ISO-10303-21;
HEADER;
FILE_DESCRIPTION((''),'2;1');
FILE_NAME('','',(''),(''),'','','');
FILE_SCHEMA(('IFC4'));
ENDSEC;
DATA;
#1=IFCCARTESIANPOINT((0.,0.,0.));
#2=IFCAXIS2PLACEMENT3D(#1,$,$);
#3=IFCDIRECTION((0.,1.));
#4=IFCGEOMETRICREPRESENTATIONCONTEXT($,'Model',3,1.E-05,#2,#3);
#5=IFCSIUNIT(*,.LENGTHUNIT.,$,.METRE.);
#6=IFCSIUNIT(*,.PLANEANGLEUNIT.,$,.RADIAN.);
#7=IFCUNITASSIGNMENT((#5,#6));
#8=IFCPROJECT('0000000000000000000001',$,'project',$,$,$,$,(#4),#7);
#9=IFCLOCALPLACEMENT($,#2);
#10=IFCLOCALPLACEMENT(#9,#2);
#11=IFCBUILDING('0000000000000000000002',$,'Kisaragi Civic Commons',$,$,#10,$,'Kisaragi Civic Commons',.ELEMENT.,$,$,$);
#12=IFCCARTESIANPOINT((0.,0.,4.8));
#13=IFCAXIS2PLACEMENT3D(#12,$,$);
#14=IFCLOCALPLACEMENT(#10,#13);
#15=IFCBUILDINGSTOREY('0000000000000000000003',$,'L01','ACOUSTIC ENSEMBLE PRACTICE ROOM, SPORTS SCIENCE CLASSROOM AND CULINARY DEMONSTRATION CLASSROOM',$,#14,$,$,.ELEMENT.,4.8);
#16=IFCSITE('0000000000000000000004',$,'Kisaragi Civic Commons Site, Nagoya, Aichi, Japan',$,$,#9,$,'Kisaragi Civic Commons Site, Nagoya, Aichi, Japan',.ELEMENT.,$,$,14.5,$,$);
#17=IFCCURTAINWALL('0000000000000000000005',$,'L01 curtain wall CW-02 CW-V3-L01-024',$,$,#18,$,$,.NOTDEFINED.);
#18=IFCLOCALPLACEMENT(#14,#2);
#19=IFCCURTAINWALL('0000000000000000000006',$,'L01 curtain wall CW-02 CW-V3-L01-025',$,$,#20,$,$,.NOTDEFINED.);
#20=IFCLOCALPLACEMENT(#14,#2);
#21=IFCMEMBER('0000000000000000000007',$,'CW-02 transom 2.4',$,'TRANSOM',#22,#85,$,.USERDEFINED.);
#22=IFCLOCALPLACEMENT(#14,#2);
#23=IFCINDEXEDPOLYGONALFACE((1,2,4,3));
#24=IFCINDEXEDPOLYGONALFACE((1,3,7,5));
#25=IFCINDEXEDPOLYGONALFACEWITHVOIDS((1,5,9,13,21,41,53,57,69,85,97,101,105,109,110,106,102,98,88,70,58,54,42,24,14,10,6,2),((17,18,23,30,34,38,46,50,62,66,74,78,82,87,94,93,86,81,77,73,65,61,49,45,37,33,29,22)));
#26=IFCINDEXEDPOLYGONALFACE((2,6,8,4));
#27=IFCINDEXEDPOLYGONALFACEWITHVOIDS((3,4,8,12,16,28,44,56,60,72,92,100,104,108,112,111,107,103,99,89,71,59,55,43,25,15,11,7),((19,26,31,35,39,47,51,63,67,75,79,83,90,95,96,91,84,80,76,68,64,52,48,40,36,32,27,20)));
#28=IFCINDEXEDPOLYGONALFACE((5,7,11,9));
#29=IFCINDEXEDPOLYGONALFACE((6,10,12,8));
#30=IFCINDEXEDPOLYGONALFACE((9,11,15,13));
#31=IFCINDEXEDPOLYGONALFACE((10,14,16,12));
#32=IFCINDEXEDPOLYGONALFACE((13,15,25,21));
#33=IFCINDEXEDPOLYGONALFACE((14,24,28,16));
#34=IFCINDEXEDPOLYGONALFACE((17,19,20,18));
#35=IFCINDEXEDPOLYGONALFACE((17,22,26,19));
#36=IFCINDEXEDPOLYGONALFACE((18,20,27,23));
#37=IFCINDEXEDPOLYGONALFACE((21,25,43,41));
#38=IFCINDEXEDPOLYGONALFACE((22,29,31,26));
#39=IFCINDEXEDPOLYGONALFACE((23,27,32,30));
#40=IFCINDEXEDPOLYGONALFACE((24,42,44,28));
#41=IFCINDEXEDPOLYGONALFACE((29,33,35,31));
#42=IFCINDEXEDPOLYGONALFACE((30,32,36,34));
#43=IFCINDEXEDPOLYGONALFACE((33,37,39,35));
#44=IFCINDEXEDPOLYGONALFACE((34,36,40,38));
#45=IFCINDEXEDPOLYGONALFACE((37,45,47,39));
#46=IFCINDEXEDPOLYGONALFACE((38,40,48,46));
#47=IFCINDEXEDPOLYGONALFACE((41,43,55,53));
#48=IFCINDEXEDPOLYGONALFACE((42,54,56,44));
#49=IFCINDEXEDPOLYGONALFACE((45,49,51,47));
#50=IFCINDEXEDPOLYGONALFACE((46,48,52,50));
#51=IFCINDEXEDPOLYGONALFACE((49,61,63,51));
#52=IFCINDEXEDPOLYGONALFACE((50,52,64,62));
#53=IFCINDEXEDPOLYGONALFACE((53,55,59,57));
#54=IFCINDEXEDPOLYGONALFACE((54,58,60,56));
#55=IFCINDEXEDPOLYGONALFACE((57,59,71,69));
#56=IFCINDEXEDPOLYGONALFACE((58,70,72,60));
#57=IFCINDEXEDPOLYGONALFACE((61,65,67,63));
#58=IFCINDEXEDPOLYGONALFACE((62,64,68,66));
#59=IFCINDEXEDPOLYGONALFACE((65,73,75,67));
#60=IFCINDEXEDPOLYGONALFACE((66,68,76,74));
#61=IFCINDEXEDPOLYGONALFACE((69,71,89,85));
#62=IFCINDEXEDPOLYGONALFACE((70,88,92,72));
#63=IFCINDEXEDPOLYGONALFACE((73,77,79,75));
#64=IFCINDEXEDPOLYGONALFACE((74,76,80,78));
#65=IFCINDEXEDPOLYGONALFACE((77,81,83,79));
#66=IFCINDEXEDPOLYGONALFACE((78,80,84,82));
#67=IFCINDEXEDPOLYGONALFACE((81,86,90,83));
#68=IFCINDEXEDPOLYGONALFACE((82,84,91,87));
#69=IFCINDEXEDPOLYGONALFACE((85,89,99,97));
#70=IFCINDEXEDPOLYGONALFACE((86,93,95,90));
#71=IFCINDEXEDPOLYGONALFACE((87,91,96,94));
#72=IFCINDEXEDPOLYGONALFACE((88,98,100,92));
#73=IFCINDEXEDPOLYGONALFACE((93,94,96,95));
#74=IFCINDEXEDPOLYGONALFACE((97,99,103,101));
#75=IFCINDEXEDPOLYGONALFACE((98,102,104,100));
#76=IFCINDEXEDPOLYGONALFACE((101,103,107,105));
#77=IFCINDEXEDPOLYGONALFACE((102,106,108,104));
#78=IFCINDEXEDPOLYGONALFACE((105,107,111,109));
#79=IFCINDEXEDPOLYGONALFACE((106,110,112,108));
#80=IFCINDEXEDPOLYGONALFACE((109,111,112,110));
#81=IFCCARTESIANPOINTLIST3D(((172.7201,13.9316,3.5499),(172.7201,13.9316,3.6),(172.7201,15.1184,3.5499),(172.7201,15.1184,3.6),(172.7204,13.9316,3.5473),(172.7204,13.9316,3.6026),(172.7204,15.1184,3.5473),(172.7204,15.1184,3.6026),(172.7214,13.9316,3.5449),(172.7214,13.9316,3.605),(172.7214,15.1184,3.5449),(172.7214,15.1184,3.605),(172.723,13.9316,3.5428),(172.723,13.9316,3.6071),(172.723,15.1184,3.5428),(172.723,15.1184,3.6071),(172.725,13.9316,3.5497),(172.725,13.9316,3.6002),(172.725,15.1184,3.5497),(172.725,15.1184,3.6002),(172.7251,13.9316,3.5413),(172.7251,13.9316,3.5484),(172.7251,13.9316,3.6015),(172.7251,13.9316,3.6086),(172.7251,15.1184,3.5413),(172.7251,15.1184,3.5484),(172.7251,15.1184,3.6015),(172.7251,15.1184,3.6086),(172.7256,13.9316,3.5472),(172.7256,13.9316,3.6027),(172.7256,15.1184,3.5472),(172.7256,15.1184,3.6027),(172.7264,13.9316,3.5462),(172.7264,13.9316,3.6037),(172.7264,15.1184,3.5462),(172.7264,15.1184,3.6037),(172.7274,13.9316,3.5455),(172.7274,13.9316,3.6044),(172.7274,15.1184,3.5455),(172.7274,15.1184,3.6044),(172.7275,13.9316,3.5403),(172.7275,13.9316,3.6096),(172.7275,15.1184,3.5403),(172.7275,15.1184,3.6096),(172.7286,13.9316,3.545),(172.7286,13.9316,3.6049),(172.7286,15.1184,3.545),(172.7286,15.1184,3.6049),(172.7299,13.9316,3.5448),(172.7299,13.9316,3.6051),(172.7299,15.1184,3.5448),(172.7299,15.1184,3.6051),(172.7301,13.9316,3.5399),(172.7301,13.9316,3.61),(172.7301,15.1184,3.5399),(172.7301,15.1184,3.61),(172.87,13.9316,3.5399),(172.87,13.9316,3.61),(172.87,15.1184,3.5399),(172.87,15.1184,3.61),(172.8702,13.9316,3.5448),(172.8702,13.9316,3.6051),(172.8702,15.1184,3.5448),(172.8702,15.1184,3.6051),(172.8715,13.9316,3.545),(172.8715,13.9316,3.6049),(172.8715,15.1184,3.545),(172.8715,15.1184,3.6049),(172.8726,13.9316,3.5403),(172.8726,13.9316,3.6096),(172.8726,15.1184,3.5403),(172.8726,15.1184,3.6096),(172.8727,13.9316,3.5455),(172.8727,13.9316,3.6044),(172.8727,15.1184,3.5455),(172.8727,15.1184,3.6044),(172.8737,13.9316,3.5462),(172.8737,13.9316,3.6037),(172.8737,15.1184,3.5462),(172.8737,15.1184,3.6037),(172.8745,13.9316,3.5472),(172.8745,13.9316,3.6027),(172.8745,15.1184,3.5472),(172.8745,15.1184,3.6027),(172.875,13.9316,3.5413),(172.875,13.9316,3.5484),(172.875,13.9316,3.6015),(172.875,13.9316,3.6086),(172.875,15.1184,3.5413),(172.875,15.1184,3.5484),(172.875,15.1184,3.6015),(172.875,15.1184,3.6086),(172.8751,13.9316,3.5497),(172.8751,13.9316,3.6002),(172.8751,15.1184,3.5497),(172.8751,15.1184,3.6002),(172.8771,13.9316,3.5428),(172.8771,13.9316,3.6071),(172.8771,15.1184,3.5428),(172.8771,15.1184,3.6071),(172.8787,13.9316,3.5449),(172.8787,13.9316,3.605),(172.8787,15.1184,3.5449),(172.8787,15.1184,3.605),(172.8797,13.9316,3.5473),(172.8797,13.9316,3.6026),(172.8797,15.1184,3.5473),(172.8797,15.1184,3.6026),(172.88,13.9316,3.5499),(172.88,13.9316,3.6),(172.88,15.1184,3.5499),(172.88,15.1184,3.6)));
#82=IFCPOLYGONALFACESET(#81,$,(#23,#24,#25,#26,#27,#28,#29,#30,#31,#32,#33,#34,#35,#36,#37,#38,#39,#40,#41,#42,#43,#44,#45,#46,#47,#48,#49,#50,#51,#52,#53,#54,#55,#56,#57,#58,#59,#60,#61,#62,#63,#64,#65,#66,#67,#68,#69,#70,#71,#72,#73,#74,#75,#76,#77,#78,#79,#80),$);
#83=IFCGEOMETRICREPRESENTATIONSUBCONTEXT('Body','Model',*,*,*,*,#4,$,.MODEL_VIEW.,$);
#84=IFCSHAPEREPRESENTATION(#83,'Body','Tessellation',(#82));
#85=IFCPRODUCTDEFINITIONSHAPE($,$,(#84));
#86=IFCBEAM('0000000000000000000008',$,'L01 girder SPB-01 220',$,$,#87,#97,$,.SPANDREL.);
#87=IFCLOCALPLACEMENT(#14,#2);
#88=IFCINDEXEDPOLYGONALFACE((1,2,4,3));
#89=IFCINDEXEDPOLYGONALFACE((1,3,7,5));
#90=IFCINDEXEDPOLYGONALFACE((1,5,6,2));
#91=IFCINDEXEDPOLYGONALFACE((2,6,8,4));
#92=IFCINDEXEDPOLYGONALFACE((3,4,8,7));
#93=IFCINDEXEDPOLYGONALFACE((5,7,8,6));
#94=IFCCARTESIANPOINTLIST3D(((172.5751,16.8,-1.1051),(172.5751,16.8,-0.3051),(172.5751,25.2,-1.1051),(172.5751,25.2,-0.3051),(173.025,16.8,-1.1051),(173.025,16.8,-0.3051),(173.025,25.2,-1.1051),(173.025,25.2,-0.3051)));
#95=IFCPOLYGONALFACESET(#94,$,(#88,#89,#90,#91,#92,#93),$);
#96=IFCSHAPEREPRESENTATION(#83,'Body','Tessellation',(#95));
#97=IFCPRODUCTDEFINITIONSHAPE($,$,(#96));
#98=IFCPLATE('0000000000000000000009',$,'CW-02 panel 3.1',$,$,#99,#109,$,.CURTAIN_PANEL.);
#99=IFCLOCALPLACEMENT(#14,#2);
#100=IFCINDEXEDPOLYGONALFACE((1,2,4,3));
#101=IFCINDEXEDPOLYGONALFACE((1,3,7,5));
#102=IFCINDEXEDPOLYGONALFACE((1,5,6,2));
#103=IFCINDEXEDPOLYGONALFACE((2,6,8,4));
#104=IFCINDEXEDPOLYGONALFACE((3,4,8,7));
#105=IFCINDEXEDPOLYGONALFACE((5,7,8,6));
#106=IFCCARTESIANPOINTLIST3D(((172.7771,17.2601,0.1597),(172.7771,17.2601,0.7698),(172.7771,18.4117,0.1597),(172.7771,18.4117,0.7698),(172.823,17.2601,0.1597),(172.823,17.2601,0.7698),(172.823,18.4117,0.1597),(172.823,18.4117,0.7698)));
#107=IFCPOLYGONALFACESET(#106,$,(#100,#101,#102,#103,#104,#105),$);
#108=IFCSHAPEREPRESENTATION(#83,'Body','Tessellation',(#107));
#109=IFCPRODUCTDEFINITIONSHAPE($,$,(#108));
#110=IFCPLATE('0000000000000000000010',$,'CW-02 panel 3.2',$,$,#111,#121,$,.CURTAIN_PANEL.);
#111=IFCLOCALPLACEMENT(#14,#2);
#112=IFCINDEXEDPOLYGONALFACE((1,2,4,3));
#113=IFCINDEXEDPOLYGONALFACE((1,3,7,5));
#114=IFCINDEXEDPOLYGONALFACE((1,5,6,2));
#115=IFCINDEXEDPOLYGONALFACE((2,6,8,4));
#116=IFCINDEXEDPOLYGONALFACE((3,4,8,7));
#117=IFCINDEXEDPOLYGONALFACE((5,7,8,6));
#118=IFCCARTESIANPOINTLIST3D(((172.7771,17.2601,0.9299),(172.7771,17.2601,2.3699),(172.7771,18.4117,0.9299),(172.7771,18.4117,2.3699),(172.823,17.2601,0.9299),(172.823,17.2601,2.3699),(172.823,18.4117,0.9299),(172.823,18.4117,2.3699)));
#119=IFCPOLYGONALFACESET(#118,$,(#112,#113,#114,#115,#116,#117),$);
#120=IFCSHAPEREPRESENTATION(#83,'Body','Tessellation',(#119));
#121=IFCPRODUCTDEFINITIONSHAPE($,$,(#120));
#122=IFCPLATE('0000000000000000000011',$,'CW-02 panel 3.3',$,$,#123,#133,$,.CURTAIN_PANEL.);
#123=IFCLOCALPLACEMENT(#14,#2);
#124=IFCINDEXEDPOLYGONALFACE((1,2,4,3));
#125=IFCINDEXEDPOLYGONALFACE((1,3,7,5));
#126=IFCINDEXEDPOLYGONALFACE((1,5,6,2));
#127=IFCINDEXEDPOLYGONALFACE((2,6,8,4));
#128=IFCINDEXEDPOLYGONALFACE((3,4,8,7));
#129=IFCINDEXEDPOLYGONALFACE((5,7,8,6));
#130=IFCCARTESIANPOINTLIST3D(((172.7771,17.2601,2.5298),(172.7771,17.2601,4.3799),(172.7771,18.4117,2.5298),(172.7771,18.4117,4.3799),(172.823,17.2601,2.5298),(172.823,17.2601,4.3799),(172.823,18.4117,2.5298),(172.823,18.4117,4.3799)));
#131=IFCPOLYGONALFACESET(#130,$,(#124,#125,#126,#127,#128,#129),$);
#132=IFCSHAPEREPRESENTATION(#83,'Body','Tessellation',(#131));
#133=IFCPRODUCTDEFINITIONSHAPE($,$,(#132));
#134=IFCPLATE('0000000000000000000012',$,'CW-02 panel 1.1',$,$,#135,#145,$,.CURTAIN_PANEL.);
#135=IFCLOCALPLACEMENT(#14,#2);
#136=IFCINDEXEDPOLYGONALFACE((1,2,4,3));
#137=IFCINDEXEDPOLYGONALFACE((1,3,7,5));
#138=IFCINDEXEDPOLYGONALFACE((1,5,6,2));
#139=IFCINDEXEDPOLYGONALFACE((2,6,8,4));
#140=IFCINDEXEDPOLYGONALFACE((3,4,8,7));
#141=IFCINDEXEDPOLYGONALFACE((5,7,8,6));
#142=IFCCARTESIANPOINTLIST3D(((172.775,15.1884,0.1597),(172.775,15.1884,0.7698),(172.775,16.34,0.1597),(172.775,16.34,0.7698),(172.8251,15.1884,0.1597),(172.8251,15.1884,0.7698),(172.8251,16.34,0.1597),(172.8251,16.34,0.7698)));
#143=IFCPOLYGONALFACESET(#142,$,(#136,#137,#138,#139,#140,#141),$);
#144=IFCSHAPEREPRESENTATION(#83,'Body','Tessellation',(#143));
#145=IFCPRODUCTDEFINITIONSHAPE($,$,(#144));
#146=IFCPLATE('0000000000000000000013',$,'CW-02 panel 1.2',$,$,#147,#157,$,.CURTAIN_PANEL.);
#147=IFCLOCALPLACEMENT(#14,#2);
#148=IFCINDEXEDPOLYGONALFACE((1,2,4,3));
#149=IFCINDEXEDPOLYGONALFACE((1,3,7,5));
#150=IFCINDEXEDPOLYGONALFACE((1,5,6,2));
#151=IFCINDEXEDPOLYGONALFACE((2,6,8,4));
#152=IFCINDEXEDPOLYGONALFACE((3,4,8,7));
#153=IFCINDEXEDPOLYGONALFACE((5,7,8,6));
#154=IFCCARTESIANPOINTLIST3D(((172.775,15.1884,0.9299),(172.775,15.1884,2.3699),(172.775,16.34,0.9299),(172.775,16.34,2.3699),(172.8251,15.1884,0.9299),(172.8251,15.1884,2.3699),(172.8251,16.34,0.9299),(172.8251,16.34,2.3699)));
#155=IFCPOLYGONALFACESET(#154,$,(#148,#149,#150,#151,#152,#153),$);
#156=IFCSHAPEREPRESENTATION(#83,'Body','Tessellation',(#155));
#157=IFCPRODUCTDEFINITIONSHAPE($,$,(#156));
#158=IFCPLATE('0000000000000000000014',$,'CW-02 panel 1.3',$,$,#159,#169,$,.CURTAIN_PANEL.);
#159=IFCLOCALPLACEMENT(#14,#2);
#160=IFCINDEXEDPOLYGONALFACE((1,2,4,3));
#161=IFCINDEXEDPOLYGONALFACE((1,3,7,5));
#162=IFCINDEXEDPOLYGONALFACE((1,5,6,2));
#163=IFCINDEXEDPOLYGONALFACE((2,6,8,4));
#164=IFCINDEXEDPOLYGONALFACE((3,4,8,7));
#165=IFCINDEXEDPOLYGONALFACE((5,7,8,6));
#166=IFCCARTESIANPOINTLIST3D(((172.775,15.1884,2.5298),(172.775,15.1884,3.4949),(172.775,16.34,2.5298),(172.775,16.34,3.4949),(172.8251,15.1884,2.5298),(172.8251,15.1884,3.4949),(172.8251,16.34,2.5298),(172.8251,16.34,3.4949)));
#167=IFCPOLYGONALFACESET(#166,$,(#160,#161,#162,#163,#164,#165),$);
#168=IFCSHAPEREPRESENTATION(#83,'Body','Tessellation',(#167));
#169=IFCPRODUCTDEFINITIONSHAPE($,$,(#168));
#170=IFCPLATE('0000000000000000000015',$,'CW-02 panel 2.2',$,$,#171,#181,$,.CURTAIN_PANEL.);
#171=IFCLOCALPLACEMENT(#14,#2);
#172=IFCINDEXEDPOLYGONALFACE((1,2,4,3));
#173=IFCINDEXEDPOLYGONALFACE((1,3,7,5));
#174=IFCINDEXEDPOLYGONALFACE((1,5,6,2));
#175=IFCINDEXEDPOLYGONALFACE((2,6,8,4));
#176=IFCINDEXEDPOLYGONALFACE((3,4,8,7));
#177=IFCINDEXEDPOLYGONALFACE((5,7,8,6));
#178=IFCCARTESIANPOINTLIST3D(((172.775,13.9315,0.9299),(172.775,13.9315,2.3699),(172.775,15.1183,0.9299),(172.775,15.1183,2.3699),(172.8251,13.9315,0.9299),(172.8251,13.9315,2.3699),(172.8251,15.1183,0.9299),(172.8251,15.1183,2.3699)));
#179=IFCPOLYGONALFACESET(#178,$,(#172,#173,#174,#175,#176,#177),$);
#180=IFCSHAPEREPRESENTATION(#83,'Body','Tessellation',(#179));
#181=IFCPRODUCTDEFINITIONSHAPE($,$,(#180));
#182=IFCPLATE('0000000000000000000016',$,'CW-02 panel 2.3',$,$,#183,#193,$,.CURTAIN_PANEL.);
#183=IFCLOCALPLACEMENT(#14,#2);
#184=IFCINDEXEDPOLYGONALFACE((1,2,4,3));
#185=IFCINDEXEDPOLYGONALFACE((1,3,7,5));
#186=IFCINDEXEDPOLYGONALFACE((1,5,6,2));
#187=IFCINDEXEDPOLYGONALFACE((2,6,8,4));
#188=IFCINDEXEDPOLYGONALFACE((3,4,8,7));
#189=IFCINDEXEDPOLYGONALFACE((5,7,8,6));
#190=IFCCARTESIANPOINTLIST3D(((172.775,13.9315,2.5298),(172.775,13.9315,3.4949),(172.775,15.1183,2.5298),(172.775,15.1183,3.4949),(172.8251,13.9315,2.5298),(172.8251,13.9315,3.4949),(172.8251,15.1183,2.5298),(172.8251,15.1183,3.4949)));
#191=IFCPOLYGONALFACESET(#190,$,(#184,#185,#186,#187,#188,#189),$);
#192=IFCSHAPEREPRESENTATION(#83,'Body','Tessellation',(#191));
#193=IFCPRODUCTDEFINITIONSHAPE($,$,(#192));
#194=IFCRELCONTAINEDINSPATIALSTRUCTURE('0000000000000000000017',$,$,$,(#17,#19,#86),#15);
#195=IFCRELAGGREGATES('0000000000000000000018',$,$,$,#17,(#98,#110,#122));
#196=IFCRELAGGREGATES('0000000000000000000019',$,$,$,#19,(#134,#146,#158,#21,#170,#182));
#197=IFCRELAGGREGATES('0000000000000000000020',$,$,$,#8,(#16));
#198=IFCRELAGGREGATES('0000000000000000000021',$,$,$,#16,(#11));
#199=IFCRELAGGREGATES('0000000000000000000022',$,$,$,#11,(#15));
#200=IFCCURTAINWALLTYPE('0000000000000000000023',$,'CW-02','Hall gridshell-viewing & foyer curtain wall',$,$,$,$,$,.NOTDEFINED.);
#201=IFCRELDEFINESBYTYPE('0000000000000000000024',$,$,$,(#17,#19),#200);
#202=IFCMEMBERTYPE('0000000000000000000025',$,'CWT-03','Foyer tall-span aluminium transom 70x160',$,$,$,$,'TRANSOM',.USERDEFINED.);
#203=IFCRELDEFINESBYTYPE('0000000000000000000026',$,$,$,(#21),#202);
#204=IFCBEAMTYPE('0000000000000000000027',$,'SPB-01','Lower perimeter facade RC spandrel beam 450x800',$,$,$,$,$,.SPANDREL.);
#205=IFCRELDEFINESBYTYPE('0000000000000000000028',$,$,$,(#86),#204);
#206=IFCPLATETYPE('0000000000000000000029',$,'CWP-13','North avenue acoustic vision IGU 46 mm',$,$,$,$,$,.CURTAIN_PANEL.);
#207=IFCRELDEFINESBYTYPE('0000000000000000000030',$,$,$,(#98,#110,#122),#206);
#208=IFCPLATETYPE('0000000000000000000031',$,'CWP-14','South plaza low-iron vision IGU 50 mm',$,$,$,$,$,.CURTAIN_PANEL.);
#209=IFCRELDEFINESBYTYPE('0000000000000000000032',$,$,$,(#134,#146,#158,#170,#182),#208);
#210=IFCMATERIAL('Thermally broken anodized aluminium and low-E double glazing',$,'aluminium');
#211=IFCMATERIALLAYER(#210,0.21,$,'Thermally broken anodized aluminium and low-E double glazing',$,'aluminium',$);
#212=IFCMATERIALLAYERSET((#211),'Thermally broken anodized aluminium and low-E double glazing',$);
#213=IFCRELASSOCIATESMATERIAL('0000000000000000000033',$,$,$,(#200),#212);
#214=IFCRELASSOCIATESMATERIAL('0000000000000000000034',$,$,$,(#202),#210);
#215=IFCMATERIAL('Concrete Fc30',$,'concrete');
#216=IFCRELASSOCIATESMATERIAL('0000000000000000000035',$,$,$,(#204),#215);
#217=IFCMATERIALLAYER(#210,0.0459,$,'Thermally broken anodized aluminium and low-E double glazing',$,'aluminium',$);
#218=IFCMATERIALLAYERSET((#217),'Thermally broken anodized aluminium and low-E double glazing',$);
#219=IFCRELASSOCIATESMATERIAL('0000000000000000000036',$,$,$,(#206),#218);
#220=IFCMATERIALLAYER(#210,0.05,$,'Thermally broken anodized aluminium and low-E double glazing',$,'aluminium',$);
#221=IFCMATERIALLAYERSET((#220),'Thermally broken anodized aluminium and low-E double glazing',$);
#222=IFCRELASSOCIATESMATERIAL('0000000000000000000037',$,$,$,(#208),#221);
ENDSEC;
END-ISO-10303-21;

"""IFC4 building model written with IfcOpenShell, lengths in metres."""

from ifc_helpers import new_model, si_unit, direction, frame, origin, origin_2d, place, context, subcontext, project, spatial, rectangle, hollow_rectangle, extrude, material, layer, layer_set, material_profile, profile_set, type_object, element, aggregate, save


model = new_model("IFC4")

# Units and contexts
model_context = context("Model", 3, precision=1e-05, world=origin(), true_north=direction((0.0, 1.0)))
body_context = subcontext(model_context, "Body", "Model", "MODEL_VIEW")
ifc_project = project(units=[si_unit("LENGTHUNIT", "METRE"), si_unit("PLANEANGLEUNIT", "RADIAN")], contexts=[model_context])

# Site, building, storey
site_placement = place(None, origin())
site = spatial("IfcSite", under=ifc_project, at=site_placement, Name="Kisaragi Civic Commons Site, Nagoya, Aichi, Japan", LongName="Kisaragi Civic Commons Site, Nagoya, Aichi, Japan", CompositionType="ELEMENT", RefElevation=14.5)
building_placement = place(site_placement, origin())
building = spatial("IfcBuilding", under=site, at=building_placement, Name="Kisaragi Civic Commons", LongName="Kisaragi Civic Commons", CompositionType="ELEMENT")
storey_placement = place(building_placement, frame((0.0, 0.0, 4.8)))
storey = spatial("IfcBuildingStorey", under=building, at=storey_placement, Name="L01", Description="ACOUSTIC ENSEMBLE PRACTICE ROOM, SPORTS SCIENCE CLASSROOM AND CULINARY DEMONSTRATION CLASSROOM", CompositionType="ELEMENT", Elevation=4.8)

# Curtain wall
ifc_material_1 = material(Name="Thermally broken anodized aluminium and low-E double glazing", Category="aluminium")
ifc_layer_1 = layer(ifc_material_1, 0.21, Name="Thermally broken anodized aluminium and low-E double glazing", Category="aluminium")
ifc_layer_set_1 = layer_set([ifc_layer_1], Name="Thermally broken anodized aluminium and low-E double glazing")
curtain_wall_type = type_object("IfcCurtainWallType", Name="CW-02", Description="Hall gridshell-viewing & foyer curtain wall", PredefinedType="NOTDEFINED", material=ifc_layer_set_1)
curtain_wall_1_placement = place(storey_placement, origin())
curtain_wall_1 = element("IfcCurtainWall", 1, at=curtain_wall_1_placement, inside=storey, type_object=curtain_wall_type, Name="L01 curtain wall CW-02 CW-V3-L01-024", PredefinedType="NOTDEFINED")

# Curtain wall
curtain_wall_2_placement = place(storey_placement, origin())
curtain_wall_2 = element("IfcCurtainWall", 2, at=curtain_wall_2_placement, inside=storey, type_object=curtain_wall_type, Name="L01 curtain wall CW-02 CW-V3-L01-025", PredefinedType="NOTDEFINED")

# Member
ifc_material_profile_1 = material_profile(ifc_material_1, hollow_rectangle(XDim=0.1599, YDim=0.0701, WallThickness=0.0049, InnerFilletRadius=0.0049, OuterFilletRadius=0.01, at=origin_2d()), Name="CWT-70x160x5", Category="aluminium")
ifc_profile_set_1 = profile_set([ifc_material_profile_1], Name="Thermally broken anodized aluminium and low-E double glazing")
member_type_1 = type_object("IfcMemberType", Name="CWT-03", Description="Foyer tall-span aluminium transom 70x160", ElementType="TRANSOM", PredefinedType="USERDEFINED", material=ifc_profile_set_1)
member_1_placement = place(storey_placement, frame((172.8, 15.1184, 3.575), z_axis=(0.0, -1.0, 0.0), x_axis=(1.0, 0.0, 0.0)))
member_1 = element("IfcMember", 3, at=member_1_placement, type_object=member_type_1, Name="CW-02 transom 2.4", ObjectType="TRANSOM", PredefinedType="USERDEFINED", context=body_context, shape_type="SweptSolid", body=[
    extrude(hollow_rectangle(XDim=0.1599, YDim=0.0701, WallThickness=0.0049, InnerFilletRadius=0.0049, OuterFilletRadius=0.01, at=origin_2d()), origin(), (0.0, 0.0, 1.0), 1.1868),
])

# Beam
ifc_material_2 = material(Name="Concrete Fc30", Category="concrete")
ifc_material_profile_2 = material_profile(ifc_material_2, rectangle(XDim=0.45, YDim=0.8, at=origin_2d()), Name="RC-450x800", Category="concrete")
ifc_profile_set_2 = profile_set([ifc_material_profile_2], Name="Concrete Fc30")
beam_type = type_object("IfcBeamType", Name="SPB-01", Description="Lower perimeter facade RC spandrel beam 450x800", PredefinedType="SPANDREL", material=ifc_profile_set_2)
beam_placement = place(storey_placement, frame((172.8, 16.8, -0.7051), z_axis=(0.0, 1.0, 0.0), x_axis=(-1.0, 0.0, 0.0)))
element("IfcBeam", 4, at=beam_placement, inside=storey, type_object=beam_type, Name="L01 girder SPB-01 220", PredefinedType="SPANDREL", context=body_context, shape_type="SweptSolid", body=[
    extrude(rectangle(XDim=0.45, YDim=0.8, at=origin_2d()), origin(), (0.0, 0.0, 1.0), 8.3999),
])

# Plates
ifc_layer_2 = layer(ifc_material_1, 0.0459, Name="Thermally broken anodized aluminium and low-E double glazing", Category="aluminium")
ifc_layer_set_2 = layer_set([ifc_layer_2], Name="Thermally broken anodized aluminium and low-E double glazing")
plate_type_1 = type_object("IfcPlateType", Name="CWP-13", Description="North avenue acoustic vision IGU 46 mm", PredefinedType="CURTAIN_PANEL", material=ifc_layer_set_2)
plate_1_placement = place(storey_placement, frame((172.8, 17.8359, 0.1597), z_axis=(0.0, 0.0, 1.0), x_axis=(0.0, -1.0, 0.0)))
plate_1 = element("IfcPlate", 5, at=plate_1_placement, type_object=plate_type_1, Name="CW-02 panel 3.1", PredefinedType="CURTAIN_PANEL", context=body_context, shape_type="SweptSolid", body=[
    extrude(rectangle(XDim=1.1516, YDim=0.0459, at=origin_2d()), origin(), (0.0, 0.0, 1.0), 0.6101),
])
plate_2_placement = place(storey_placement, frame((172.8, 17.8359, 0.9299), z_axis=(0.0, 0.0, 1.0), x_axis=(0.0, -1.0, 0.0)))
plate_2 = element("IfcPlate", 6, at=plate_2_placement, type_object=plate_type_1, Name="CW-02 panel 3.2", PredefinedType="CURTAIN_PANEL", context=body_context, shape_type="SweptSolid", body=[
    extrude(rectangle(XDim=1.1516, YDim=0.0459, at=origin_2d()), origin(), (0.0, 0.0, 1.0), 1.4399),
])
plate_3_placement = place(storey_placement, frame((172.8, 17.8359, 2.5298), z_axis=(0.0, 0.0, 1.0), x_axis=(0.0, -1.0, 0.0)))
plate_3 = element("IfcPlate", 7, at=plate_3_placement, type_object=plate_type_1, Name="CW-02 panel 3.3", PredefinedType="CURTAIN_PANEL", context=body_context, shape_type="SweptSolid", body=[
    extrude(rectangle(XDim=1.1516, YDim=0.0459, at=origin_2d()), origin(), (0.0, 0.0, 1.0), 1.8501),
])
aggregate(curtain_wall_1, [plate_1, plate_2, plate_3])
ifc_layer_3 = layer(ifc_material_1, 0.05, Name="Thermally broken anodized aluminium and low-E double glazing", Category="aluminium")
ifc_layer_set_3 = layer_set([ifc_layer_3], Name="Thermally broken anodized aluminium and low-E double glazing")
plate_type_2 = type_object("IfcPlateType", Name="CWP-14", Description="South plaza low-iron vision IGU 50 mm", PredefinedType="CURTAIN_PANEL", material=ifc_layer_set_3)
plate_4_placement = place(storey_placement, frame((172.8, 15.7642, 0.1597), z_axis=(0.0, 0.0, 1.0), x_axis=(0.0, -1.0, 0.0)))
plate_4 = element("IfcPlate", 8, at=plate_4_placement, type_object=plate_type_2, Name="CW-02 panel 1.1", PredefinedType="CURTAIN_PANEL", context=body_context, shape_type="SweptSolid", body=[
    extrude(rectangle(XDim=1.1516, YDim=0.05, at=origin_2d()), origin(), (0.0, 0.0, 1.0), 0.6101),
])
plate_5_placement = place(storey_placement, frame((172.8, 15.7642, 0.9299), z_axis=(0.0, 0.0, 1.0), x_axis=(0.0, -1.0, 0.0)))
plate_5 = element("IfcPlate", 9, at=plate_5_placement, type_object=plate_type_2, Name="CW-02 panel 1.2", PredefinedType="CURTAIN_PANEL", context=body_context, shape_type="SweptSolid", body=[
    extrude(rectangle(XDim=1.1516, YDim=0.05, at=origin_2d()), origin(), (0.0, 0.0, 1.0), 1.4399),
])
plate_6_placement = place(storey_placement, frame((172.8, 15.7642, 2.5298), z_axis=(0.0, 0.0, 1.0), x_axis=(0.0, -1.0, 0.0)))
plate_6 = element("IfcPlate", 10, at=plate_6_placement, type_object=plate_type_2, Name="CW-02 panel 1.3", PredefinedType="CURTAIN_PANEL", context=body_context, shape_type="SweptSolid", body=[
    extrude(rectangle(XDim=1.1516, YDim=0.05, at=origin_2d()), origin(), (0.0, 0.0, 1.0), 0.9651),
])
plate_7_placement = place(storey_placement, frame((172.8, 14.5249, 0.9299), z_axis=(0.0, 0.0, 1.0), x_axis=(0.0, -1.0, 0.0)))
plate_7 = element("IfcPlate", 11, at=plate_7_placement, type_object=plate_type_2, Name="CW-02 panel 2.2", PredefinedType="CURTAIN_PANEL", context=body_context, shape_type="SweptSolid", body=[
    extrude(rectangle(XDim=1.1868, YDim=0.05, at=origin_2d()), origin(), (0.0, 0.0, 1.0), 1.4399),
])
plate_8_placement = place(storey_placement, frame((172.8, 14.5249, 2.5298), z_axis=(0.0, 0.0, 1.0), x_axis=(0.0, -1.0, 0.0)))
plate_8 = element("IfcPlate", 12, at=plate_8_placement, type_object=plate_type_2, Name="CW-02 panel 2.3", PredefinedType="CURTAIN_PANEL", context=body_context, shape_type="SweptSolid", body=[
    extrude(rectangle(XDim=1.1868, YDim=0.05, at=origin_2d()), origin(), (0.0, 0.0, 1.0), 0.9651),
])
aggregate(curtain_wall_2, [plate_4, plate_5, plate_6, member_1, plate_7, plate_8])

save(model, "model.ifc")
